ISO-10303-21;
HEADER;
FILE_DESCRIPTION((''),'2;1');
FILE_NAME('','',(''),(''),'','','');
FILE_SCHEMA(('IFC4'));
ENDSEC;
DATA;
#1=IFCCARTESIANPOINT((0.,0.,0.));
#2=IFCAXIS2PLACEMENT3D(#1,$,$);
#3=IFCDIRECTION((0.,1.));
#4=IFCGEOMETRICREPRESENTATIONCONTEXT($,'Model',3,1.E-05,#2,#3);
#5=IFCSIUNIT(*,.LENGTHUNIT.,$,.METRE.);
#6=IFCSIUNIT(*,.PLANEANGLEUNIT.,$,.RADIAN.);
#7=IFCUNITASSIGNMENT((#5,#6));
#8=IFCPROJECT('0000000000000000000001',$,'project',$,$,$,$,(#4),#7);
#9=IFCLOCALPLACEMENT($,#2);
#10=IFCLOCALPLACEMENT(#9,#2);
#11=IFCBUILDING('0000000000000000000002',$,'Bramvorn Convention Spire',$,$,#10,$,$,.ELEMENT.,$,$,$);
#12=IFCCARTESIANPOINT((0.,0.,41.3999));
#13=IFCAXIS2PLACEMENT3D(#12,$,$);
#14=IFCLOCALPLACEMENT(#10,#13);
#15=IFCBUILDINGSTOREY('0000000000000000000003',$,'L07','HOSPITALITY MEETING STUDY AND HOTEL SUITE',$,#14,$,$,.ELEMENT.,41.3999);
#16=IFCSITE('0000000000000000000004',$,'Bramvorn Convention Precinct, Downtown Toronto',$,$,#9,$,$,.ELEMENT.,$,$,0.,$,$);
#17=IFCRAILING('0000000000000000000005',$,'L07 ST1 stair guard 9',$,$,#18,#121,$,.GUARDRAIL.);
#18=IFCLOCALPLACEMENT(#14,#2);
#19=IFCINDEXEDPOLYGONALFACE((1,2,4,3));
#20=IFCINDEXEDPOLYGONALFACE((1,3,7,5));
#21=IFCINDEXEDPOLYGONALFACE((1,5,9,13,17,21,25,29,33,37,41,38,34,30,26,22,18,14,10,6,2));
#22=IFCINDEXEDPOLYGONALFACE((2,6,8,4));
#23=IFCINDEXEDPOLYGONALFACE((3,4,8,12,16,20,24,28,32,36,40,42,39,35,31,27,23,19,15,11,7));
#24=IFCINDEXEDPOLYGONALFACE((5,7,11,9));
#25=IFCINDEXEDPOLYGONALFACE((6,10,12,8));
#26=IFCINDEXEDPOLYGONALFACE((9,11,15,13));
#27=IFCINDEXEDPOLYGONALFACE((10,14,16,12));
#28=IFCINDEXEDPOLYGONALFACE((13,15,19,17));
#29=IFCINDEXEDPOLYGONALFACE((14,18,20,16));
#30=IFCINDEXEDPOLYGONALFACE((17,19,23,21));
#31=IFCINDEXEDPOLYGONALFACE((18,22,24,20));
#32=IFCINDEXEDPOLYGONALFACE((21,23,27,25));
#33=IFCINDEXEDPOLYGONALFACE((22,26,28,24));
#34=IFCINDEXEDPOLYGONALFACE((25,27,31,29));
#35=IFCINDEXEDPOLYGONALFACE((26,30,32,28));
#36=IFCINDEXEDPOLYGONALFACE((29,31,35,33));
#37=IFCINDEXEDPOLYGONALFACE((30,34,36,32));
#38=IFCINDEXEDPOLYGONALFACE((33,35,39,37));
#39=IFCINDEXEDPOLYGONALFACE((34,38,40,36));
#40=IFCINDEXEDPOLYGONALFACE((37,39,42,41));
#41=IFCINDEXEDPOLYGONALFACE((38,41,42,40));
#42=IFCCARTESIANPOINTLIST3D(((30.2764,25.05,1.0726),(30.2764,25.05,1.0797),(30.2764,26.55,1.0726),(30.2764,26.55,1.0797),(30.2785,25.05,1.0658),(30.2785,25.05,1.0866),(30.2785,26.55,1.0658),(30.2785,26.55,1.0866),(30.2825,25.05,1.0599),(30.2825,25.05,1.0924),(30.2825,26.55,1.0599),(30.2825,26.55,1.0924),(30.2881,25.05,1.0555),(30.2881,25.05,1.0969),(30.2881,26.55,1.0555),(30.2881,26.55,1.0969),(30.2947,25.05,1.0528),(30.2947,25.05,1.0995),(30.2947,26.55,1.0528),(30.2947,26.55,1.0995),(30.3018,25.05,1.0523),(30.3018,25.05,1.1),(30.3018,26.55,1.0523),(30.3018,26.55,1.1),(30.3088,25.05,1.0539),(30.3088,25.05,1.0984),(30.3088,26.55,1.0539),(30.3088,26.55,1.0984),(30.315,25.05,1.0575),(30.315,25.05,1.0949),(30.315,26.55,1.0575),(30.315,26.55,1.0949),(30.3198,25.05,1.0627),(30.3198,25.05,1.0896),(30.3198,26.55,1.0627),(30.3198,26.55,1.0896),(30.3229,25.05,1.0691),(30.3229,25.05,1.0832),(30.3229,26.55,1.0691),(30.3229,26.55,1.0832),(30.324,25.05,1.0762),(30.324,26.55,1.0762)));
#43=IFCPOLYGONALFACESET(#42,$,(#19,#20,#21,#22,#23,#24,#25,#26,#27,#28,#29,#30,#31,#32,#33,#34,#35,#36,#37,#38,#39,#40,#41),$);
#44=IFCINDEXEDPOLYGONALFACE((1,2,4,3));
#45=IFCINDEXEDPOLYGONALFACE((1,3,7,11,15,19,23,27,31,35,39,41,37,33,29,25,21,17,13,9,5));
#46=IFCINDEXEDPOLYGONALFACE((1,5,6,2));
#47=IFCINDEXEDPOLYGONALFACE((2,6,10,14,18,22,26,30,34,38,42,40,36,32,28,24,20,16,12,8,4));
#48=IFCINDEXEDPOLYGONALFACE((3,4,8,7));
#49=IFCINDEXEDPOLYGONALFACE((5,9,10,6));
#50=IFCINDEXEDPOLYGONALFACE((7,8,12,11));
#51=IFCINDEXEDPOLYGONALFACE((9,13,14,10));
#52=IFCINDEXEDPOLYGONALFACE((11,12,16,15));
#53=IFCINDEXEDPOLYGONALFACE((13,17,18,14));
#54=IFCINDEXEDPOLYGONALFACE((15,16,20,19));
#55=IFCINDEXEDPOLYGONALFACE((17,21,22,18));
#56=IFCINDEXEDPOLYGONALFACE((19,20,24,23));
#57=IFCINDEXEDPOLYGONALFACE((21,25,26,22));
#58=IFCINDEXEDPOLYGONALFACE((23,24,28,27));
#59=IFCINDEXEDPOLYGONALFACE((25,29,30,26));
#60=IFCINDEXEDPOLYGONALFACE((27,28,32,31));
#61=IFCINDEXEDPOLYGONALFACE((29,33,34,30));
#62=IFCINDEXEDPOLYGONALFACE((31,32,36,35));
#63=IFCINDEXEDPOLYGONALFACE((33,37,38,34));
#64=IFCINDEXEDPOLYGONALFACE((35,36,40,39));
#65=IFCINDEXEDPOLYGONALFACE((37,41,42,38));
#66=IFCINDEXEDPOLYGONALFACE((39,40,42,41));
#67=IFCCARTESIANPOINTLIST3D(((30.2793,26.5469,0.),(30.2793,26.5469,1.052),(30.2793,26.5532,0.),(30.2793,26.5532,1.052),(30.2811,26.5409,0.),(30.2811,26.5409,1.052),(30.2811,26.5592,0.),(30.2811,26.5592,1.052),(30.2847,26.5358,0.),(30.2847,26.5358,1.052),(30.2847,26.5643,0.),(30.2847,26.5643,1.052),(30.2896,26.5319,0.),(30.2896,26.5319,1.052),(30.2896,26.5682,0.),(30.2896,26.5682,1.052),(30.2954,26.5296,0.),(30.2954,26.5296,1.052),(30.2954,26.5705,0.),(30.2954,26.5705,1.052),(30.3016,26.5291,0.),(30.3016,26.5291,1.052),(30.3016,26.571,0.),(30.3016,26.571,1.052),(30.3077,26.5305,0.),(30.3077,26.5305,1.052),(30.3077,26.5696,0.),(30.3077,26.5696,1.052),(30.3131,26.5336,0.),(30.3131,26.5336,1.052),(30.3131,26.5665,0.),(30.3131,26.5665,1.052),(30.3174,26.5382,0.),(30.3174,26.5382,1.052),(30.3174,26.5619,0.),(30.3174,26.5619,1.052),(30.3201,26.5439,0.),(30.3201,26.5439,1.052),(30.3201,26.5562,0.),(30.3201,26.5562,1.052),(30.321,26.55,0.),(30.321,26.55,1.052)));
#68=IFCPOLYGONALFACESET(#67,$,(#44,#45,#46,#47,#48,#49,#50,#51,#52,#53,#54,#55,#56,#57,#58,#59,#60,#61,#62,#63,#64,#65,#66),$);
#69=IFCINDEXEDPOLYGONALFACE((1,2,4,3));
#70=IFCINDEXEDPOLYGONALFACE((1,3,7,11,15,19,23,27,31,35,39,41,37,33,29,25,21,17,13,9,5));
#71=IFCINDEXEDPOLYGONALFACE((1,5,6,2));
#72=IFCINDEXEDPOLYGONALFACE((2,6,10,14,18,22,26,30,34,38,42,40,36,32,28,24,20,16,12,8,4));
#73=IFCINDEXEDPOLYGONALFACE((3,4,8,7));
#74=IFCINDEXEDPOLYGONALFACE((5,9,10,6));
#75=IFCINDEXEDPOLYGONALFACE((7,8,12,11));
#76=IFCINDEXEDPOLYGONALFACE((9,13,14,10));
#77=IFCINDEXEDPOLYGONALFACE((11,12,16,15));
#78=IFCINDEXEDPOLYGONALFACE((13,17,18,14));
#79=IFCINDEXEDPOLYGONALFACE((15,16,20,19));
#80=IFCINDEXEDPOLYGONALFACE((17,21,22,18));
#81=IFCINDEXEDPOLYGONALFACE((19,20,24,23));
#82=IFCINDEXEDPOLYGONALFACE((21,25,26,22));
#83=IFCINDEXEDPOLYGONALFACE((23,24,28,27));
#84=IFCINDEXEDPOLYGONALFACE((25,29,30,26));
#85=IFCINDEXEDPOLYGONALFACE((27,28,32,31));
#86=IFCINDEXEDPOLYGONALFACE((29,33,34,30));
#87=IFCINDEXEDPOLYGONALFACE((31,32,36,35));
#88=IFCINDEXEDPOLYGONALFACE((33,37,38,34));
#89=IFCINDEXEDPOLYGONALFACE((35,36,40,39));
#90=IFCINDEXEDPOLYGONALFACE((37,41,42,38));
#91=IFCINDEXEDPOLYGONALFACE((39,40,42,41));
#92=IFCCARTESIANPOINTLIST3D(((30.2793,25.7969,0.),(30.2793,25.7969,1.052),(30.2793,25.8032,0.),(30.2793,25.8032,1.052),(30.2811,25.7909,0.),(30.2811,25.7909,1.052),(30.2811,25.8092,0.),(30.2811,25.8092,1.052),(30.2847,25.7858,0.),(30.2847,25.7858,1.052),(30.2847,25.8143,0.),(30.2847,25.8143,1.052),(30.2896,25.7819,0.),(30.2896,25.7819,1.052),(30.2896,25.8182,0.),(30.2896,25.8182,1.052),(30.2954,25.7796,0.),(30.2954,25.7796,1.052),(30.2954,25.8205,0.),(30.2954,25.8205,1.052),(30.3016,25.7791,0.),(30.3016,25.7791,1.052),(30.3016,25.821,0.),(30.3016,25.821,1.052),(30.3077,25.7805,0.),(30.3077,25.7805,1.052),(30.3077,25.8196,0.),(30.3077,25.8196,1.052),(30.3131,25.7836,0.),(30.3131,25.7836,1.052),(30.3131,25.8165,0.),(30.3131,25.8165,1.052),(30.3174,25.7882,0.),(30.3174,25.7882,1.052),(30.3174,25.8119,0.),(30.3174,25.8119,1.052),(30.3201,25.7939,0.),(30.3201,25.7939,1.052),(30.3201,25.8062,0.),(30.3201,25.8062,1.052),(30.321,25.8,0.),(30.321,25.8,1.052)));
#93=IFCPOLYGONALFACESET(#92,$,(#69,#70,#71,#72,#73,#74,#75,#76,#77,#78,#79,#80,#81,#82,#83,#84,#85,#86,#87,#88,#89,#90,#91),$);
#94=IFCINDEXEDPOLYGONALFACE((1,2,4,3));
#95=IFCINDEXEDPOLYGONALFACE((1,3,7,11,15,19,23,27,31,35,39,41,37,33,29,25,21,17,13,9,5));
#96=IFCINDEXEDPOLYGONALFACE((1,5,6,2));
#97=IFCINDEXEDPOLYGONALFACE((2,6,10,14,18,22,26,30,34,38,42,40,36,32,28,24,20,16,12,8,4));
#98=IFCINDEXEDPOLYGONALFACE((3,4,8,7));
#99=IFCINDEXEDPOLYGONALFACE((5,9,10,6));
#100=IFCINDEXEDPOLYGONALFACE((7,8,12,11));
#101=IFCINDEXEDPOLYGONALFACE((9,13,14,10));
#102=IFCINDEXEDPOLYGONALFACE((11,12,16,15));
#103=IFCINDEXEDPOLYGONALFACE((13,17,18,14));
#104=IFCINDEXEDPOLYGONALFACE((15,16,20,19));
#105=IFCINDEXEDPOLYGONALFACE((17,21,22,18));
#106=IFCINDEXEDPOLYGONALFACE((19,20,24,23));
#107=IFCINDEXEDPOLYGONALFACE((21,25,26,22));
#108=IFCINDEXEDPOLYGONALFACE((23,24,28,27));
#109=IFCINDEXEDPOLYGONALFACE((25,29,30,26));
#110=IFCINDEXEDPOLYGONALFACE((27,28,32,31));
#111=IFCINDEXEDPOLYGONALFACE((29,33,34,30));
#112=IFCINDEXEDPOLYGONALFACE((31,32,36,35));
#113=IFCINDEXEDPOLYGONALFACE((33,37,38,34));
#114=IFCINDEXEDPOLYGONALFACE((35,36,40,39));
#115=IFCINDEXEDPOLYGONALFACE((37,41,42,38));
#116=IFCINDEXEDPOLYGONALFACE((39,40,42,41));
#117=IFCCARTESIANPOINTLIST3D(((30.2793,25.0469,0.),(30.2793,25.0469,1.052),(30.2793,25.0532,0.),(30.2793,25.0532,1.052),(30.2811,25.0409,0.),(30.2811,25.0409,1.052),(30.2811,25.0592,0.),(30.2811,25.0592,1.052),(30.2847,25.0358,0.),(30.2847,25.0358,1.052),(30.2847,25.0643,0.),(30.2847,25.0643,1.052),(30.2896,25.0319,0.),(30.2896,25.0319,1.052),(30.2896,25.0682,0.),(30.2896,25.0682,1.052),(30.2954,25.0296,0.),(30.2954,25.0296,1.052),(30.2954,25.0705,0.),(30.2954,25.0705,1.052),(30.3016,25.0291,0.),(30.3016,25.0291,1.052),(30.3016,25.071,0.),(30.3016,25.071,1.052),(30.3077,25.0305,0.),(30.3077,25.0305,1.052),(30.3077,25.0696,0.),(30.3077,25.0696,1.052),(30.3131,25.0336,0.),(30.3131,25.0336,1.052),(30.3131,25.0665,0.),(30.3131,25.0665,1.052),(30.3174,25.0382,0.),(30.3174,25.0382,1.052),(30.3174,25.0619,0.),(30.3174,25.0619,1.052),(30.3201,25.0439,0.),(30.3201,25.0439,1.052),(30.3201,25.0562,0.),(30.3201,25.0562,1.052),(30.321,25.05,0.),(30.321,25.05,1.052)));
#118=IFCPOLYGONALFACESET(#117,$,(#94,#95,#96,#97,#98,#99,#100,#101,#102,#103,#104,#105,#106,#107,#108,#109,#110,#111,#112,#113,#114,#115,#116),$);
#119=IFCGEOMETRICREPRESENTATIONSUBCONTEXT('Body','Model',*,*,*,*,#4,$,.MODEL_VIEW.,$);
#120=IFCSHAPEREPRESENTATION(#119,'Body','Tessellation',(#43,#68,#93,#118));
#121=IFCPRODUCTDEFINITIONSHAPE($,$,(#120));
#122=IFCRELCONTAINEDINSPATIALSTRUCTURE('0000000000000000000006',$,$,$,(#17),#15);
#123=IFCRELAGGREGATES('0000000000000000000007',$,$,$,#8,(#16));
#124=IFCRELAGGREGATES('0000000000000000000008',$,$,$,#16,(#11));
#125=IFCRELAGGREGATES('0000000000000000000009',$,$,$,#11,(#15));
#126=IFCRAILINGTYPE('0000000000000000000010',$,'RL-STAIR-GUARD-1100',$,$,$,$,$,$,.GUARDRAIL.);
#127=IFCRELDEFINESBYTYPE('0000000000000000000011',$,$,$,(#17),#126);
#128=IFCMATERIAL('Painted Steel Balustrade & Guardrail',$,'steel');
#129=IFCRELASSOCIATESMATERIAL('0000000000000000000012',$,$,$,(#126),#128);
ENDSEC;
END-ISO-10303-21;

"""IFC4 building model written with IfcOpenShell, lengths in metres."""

from ifc_helpers import new_model, si_unit, direction, frame, origin, origin_2d, place, context, subcontext, project, spatial, circle, extrude, material, type_object, element, save


model = new_model("IFC4")

# Units and contexts
model_context = context("Model", 3, precision=1e-05, world=origin(), true_north=direction((0.0, 1.0)))
body_context = subcontext(model_context, "Body", "Model", "MODEL_VIEW")
ifc_project = project(units=[si_unit("LENGTHUNIT", "METRE"), si_unit("PLANEANGLEUNIT", "RADIAN")], contexts=[model_context])

# Site, building, storey
site_placement = place(None, origin())
site = spatial("IfcSite", under=ifc_project, at=site_placement, Name="Bramvorn Convention Precinct, Downtown Toronto", CompositionType="ELEMENT", RefElevation=0.0)
building_placement = place(site_placement, origin())
building = spatial("IfcBuilding", under=site, at=building_placement, Name="Bramvorn Convention Spire", CompositionType="ELEMENT")
storey_placement = place(building_placement, frame((0.0, 0.0, 41.3999)))
storey = spatial("IfcBuildingStorey", under=building, at=storey_placement, Name="L07", Description="HOSPITALITY MEETING STUDY AND HOTEL SUITE", CompositionType="ELEMENT", Elevation=41.3999)

# Railing
ifc_material_1 = material(Name="Painted Steel Balustrade & Guardrail", Category="steel")
railing_type_1 = type_object("IfcRailingType", Name="RL-STAIR-GUARD-1100", PredefinedType="GUARDRAIL", material=ifc_material_1)
for number, where, name in (
    (1, (30.3, 26.55, 0.0), "L07 ST1 stair guard 9"),
):
    element("IfcRailing", number, at=place(storey_placement, frame(where)), inside=storey, type_object=railing_type_1, Name=name, PredefinedType="GUARDRAIL", context=body_context, shape_type="SweptSolid", body=[
        extrude(circle(Radius=0.0239, at=origin_2d()), frame((0.0, 0.0, 1.0762), z_axis=(0.0, -1.0, 0.0), x_axis=(1.0, 0.0, 0.0)), (0.0, 0.0, 1.0), 1.5),
        extrude(circle(Radius=0.021, at=origin_2d()), origin(), (0.0, 0.0, 1.0), 1.052),
        extrude(circle(Radius=0.021, at=origin_2d()), frame((0.0, -0.75, 0.0)), (0.0, 0.0, 1.0), 1.052),
        extrude(circle(Radius=0.021, at=origin_2d()), frame((0.0, -1.5, 0.0)), (0.0, 0.0, 1.0), 1.052),
    ])

save(model, "model.ifc")
